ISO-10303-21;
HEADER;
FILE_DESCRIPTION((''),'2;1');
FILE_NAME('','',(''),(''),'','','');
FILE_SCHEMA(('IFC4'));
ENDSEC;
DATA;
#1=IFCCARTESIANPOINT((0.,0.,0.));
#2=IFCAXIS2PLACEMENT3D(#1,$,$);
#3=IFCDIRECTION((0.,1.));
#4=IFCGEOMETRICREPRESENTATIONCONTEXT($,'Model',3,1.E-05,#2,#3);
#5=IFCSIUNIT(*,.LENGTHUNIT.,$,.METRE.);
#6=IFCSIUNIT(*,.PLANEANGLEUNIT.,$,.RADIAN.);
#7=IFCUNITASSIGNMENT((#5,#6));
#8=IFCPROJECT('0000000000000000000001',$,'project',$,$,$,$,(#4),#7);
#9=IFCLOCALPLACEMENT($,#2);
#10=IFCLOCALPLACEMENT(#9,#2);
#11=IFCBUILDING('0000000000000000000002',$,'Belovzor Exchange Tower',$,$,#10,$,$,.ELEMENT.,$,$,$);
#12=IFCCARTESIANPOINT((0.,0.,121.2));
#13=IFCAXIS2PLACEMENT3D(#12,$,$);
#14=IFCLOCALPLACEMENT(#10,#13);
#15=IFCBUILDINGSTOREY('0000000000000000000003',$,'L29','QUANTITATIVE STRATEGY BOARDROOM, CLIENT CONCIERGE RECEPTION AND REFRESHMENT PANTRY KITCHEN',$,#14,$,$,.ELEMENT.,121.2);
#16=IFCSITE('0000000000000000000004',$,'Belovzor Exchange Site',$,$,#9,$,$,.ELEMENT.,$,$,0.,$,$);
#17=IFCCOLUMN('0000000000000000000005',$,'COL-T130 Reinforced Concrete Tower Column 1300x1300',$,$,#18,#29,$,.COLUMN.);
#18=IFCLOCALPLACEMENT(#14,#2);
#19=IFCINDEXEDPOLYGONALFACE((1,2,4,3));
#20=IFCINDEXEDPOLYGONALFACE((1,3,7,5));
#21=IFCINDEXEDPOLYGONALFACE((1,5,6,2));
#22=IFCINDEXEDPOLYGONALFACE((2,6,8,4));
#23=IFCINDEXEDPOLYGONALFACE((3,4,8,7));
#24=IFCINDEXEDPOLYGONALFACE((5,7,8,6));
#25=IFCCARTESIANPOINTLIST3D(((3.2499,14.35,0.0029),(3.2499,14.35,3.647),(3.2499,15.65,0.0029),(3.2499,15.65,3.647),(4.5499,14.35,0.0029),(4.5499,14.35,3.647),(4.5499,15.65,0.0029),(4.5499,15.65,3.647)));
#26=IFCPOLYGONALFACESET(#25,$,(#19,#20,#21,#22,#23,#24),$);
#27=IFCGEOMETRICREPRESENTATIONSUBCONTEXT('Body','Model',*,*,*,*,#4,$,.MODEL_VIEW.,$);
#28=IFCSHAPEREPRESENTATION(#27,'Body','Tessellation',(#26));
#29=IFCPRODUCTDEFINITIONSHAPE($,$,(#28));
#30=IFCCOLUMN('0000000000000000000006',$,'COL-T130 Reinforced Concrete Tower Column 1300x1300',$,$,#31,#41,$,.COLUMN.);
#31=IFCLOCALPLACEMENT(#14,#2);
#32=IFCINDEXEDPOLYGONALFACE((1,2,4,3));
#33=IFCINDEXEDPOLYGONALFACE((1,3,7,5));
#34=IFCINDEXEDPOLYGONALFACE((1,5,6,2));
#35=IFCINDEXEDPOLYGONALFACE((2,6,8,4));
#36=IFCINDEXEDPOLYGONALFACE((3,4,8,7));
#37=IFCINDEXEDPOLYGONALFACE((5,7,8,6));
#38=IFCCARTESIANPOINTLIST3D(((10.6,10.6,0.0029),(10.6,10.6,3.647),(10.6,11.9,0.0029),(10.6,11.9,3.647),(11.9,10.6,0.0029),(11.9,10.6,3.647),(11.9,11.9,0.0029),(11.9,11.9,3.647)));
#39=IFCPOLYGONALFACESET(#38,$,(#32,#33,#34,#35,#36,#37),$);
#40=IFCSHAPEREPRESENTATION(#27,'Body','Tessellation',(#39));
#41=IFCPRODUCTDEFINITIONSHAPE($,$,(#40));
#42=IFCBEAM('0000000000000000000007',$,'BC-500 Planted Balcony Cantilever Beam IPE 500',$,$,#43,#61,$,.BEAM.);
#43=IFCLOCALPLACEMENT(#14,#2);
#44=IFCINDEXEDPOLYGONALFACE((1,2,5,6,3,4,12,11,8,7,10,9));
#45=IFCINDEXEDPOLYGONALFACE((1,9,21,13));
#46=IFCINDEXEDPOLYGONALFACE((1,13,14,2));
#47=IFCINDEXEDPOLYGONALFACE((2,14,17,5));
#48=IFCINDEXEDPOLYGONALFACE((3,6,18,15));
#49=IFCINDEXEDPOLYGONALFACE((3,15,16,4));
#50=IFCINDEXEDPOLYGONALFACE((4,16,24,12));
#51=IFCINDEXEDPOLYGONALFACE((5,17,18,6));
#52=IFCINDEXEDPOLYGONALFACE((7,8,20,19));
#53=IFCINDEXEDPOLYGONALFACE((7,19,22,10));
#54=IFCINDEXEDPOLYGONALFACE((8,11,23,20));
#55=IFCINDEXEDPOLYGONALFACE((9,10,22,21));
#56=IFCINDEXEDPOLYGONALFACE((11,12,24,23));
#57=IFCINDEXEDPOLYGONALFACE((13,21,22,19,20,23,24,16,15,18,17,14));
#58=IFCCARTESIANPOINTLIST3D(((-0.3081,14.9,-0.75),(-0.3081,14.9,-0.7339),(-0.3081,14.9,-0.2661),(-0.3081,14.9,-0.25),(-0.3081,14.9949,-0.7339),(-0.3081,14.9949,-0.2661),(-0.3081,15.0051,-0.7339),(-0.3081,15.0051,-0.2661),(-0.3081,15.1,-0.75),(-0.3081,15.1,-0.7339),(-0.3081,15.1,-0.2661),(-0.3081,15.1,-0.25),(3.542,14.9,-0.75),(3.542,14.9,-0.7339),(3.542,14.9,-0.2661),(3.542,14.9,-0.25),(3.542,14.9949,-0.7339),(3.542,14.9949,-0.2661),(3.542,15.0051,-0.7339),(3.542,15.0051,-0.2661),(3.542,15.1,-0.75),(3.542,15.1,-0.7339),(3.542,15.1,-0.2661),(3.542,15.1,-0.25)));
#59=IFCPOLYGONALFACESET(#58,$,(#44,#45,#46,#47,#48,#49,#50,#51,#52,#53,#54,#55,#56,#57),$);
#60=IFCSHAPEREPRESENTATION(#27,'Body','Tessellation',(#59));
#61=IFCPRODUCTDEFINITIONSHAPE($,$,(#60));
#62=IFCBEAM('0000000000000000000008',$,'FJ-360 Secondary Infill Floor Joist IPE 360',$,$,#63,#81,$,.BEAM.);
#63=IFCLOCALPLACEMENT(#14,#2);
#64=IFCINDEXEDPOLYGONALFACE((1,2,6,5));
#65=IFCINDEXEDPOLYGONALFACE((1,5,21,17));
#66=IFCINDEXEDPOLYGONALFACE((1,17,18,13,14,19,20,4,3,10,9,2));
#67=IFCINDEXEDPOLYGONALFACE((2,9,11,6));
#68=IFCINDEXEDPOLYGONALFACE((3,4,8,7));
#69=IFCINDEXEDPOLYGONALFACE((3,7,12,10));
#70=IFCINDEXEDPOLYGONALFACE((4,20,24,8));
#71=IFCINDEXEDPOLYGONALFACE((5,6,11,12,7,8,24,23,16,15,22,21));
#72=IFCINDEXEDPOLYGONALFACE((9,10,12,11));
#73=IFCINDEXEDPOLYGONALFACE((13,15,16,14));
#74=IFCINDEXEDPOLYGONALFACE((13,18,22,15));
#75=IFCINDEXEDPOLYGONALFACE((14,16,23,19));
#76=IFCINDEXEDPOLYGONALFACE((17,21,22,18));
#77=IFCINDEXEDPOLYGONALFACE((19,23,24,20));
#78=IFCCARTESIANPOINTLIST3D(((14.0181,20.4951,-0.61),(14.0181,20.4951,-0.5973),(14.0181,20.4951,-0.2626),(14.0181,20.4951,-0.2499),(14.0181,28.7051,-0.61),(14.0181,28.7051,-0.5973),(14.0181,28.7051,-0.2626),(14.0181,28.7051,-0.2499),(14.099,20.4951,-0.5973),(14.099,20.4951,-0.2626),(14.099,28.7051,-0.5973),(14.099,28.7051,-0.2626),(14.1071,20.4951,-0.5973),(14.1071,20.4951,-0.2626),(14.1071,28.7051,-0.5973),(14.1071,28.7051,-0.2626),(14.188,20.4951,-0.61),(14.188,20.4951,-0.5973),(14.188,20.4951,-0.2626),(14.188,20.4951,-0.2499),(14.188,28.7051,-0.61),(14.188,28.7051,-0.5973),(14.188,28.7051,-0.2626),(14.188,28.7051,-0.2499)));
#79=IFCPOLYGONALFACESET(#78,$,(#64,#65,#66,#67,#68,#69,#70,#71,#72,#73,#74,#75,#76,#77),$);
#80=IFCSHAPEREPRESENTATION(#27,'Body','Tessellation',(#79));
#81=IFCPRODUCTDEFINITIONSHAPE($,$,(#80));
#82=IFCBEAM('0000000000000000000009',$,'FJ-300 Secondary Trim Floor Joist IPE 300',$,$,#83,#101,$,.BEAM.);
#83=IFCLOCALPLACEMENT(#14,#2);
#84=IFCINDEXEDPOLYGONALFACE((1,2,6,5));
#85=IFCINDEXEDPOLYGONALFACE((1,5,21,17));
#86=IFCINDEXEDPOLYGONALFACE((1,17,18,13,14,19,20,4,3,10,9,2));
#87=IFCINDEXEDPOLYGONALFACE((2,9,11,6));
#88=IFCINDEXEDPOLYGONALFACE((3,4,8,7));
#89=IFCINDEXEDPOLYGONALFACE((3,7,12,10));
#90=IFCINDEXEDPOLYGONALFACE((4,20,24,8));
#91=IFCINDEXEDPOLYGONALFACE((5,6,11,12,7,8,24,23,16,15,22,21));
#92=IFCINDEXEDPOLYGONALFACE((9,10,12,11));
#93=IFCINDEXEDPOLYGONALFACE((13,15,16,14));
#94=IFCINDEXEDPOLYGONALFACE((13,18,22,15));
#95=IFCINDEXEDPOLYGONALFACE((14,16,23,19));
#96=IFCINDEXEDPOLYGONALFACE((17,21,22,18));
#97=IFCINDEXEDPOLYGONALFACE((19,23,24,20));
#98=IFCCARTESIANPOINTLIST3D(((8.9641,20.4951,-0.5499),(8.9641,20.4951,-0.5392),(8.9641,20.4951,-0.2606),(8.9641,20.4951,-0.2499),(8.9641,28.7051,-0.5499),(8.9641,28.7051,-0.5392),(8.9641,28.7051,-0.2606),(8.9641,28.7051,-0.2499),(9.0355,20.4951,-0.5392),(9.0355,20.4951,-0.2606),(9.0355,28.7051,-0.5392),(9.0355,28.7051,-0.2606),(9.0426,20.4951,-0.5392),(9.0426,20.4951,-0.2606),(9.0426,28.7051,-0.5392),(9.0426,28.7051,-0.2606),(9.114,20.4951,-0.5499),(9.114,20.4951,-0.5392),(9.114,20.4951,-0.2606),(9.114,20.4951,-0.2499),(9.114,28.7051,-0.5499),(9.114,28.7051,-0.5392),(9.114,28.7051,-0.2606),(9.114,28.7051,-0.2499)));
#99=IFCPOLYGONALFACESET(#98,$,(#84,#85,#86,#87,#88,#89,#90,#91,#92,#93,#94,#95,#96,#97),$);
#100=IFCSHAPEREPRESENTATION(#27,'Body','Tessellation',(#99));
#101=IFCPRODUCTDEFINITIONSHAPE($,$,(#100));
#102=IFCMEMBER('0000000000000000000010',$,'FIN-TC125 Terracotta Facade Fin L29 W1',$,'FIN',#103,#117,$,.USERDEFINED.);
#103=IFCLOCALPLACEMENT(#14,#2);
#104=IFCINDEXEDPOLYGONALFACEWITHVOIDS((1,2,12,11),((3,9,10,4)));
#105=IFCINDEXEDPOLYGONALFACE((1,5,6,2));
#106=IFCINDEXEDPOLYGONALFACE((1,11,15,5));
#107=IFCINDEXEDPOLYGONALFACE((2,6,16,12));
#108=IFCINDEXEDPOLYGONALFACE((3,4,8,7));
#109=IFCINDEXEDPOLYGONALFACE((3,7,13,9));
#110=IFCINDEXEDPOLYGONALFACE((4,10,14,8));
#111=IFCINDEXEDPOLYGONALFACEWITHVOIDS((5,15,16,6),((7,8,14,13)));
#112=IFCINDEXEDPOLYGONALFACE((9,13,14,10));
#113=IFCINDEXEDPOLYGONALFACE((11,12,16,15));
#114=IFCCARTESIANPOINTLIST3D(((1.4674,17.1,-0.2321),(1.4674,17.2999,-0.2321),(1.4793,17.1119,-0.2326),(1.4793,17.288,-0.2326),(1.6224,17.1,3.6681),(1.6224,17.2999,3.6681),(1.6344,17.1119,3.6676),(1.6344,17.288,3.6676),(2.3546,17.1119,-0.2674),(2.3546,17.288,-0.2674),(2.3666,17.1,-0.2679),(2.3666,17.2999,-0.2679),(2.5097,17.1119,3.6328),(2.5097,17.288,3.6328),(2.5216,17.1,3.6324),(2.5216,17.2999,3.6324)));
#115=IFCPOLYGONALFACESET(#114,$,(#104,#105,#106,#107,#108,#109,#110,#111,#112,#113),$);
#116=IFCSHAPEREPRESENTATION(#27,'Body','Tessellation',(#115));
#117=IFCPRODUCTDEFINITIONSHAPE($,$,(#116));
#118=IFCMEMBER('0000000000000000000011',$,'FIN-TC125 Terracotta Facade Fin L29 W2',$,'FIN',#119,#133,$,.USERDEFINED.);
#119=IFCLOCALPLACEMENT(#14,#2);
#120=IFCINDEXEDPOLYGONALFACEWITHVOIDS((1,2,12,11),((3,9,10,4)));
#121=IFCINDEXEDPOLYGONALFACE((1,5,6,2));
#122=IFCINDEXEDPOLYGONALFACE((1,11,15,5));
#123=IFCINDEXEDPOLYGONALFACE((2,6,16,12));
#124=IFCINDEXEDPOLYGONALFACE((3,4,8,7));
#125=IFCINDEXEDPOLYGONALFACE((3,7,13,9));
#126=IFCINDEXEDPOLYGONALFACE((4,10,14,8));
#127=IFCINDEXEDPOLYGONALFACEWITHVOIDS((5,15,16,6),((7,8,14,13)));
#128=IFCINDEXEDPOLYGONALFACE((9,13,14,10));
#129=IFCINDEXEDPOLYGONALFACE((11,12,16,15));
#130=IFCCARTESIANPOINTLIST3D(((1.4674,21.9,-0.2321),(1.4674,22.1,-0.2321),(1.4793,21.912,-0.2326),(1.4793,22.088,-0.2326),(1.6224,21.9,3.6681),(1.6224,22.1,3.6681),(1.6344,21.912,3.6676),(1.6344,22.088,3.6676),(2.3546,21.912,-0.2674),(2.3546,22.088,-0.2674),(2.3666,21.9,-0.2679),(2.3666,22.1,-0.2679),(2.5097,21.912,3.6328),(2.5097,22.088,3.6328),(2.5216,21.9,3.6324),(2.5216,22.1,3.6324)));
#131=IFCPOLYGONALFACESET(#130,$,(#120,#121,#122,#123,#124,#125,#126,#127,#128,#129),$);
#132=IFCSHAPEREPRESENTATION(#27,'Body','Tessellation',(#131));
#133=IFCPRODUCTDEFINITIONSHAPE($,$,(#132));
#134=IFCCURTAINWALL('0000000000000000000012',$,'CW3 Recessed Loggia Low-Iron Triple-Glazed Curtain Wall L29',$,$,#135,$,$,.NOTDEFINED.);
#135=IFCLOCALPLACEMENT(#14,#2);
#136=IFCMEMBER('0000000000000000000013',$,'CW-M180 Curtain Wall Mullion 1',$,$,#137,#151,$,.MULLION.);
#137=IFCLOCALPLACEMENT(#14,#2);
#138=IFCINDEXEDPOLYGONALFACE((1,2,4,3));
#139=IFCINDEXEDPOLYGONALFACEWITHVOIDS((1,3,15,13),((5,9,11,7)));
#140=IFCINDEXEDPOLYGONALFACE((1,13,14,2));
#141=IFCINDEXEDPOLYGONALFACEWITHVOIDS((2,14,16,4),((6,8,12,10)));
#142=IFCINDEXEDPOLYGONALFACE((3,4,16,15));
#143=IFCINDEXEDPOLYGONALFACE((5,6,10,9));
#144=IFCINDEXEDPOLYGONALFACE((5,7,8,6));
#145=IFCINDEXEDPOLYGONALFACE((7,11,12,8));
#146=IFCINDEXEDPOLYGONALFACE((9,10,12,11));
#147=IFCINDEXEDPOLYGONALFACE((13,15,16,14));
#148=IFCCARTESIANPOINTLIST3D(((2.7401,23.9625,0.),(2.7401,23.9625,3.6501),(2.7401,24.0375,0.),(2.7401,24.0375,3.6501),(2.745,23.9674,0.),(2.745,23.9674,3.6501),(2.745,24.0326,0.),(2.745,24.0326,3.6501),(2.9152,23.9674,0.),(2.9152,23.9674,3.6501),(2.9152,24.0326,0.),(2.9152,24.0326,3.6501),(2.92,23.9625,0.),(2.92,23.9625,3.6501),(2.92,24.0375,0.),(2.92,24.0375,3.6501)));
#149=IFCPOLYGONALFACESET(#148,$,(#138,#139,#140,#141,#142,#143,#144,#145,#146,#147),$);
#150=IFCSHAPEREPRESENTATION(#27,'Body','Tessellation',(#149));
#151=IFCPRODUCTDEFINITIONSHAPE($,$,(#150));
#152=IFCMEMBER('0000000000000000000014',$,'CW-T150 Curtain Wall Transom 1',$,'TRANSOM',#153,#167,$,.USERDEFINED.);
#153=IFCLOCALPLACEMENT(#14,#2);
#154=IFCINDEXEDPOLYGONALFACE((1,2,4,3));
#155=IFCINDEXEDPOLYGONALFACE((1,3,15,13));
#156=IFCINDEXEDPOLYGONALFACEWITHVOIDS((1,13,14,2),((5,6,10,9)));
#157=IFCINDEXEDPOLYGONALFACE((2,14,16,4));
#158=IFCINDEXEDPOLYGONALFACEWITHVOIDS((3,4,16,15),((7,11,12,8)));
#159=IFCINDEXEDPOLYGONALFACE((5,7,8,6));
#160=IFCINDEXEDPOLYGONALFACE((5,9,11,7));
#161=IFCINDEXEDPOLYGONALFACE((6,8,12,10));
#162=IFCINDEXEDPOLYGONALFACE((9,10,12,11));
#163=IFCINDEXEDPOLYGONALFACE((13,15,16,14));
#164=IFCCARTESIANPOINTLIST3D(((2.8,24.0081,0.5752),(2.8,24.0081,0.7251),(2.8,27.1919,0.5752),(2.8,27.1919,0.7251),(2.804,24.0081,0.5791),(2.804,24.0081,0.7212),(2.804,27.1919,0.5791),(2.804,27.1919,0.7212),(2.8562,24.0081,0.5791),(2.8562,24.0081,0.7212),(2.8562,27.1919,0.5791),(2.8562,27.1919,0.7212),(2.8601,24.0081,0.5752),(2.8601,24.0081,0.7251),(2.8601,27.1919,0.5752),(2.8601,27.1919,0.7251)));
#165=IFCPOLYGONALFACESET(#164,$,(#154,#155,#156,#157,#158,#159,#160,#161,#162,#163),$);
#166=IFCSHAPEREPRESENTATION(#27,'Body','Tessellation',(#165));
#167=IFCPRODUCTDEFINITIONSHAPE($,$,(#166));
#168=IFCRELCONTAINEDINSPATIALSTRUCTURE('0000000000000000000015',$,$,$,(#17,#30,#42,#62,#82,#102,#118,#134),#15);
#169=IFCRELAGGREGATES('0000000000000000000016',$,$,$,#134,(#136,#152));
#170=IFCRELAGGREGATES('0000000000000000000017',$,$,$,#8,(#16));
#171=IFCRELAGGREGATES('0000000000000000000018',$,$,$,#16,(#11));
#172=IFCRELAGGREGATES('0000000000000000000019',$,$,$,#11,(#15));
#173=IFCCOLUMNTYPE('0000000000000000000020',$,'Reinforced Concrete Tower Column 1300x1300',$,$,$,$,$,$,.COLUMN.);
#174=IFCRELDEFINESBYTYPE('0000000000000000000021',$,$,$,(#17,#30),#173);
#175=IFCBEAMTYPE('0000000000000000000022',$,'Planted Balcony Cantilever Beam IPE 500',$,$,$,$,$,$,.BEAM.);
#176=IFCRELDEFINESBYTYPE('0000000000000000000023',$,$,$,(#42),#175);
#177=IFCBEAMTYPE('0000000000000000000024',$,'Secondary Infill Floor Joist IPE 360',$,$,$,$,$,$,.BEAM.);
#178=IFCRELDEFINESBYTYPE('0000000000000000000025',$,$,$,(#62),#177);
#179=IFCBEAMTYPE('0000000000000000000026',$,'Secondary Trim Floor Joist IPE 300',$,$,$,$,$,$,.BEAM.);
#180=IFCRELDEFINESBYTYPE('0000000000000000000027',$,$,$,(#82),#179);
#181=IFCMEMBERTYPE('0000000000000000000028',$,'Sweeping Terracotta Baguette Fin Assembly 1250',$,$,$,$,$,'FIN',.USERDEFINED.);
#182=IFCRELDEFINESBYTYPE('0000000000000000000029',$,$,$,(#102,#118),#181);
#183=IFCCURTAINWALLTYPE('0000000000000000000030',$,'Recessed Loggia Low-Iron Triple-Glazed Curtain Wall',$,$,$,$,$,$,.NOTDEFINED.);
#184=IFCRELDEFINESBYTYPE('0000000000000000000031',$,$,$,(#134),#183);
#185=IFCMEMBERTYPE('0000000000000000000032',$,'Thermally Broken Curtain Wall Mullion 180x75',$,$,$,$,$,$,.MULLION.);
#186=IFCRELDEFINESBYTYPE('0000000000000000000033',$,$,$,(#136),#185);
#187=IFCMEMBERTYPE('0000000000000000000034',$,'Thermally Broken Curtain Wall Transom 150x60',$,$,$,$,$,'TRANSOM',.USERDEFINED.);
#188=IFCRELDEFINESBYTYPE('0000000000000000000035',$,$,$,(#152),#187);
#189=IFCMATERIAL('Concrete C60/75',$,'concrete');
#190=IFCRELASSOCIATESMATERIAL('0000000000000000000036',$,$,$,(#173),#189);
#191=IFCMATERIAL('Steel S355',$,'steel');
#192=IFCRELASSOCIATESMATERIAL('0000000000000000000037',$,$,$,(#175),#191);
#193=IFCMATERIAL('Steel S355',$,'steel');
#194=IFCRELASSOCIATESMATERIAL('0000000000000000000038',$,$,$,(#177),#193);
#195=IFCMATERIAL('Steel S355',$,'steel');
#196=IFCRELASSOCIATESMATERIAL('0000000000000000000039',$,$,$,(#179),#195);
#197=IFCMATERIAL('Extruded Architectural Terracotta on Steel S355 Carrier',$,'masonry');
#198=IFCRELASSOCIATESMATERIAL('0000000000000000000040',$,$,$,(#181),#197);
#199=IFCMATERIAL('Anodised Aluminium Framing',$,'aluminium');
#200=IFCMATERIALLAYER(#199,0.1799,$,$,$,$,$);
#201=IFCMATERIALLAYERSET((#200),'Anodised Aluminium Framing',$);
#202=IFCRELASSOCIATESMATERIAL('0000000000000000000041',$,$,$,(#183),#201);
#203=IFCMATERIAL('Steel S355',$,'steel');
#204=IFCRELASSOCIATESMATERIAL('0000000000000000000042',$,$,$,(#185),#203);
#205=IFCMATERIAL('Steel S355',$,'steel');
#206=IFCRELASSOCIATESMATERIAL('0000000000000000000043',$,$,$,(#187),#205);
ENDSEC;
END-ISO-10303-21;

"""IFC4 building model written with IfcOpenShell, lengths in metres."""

from ifc_helpers import new_model, si_unit, direction, frame, origin, origin_2d, place, context, subcontext, project, spatial, rectangle, hollow_rectangle, i_section, extrude, material, layer, layer_set, material_profile, profile_set, type_object, element, aggregate, save


model = new_model("IFC4")

# Units and contexts
model_context = context("Model", 3, precision=1e-05, world=origin(), true_north=direction((0.0, 1.0)))
body_context = subcontext(model_context, "Body", "Model", "MODEL_VIEW")
ifc_project = project(units=[si_unit("LENGTHUNIT", "METRE"), si_unit("PLANEANGLEUNIT", "RADIAN")], contexts=[model_context])

# Site, building, storey
site_placement = place(None, origin())
site = spatial("IfcSite", under=ifc_project, at=site_placement, Name="Belovzor Exchange Site", CompositionType="ELEMENT", RefElevation=0.0)
building_placement = place(site_placement, origin())
building = spatial("IfcBuilding", under=site, at=building_placement, Name="Belovzor Exchange Tower", CompositionType="ELEMENT")
storey_placement = place(building_placement, frame((0.0, 0.0, 121.2)))
storey = spatial("IfcBuildingStorey", under=building, at=storey_placement, Name="L29", Description="QUANTITATIVE STRATEGY BOARDROOM, CLIENT CONCIERGE RECEPTION AND REFRESHMENT PANTRY KITCHEN", CompositionType="ELEMENT", Elevation=121.2)

# Columns
ifc_material_1 = material(Name="Concrete C60/75", Category="concrete")
ifc_material_profile_1 = material_profile(ifc_material_1, rectangle(XDim=1.3, YDim=1.3, at=origin_2d()))
ifc_profile_set_1 = profile_set([ifc_material_profile_1], Name="Concrete C60/75")
column_type = type_object("IfcColumnType", Name="Reinforced Concrete Tower Column 1300x1300", PredefinedType="COLUMN", material=ifc_profile_set_1)
for number, where, z_axis, x_axis, name in (
    (1, (3.8999, 15.0, 0.0029), (0.0, 0.0, 1.0), (1.0, 0.0, 0.0), "COL-T130 Reinforced Concrete Tower Column 1300x1300"),
    (2, (11.25, 11.25, 0.0029), (0.0, 0.0, 1.0), (1.0, 0.0, 0.0), "COL-T130 Reinforced Concrete Tower Column 1300x1300"),
):
    element("IfcColumn", number, at=place(storey_placement, frame(where, z_axis=z_axis, x_axis=x_axis)), inside=storey, type_object=column_type, Name=name, PredefinedType="COLUMN", context=body_context, shape_type="SweptSolid", body=[
        extrude(rectangle(XDim=1.3, YDim=1.3, at=origin_2d()), origin(), (0.0, 0.0, 1.0), 3.644),
    ])

# Beams
ifc_material_2 = material(Name="Steel S355", Category="steel")
ifc_material_profile_2 = material_profile(ifc_material_2, i_section(OverallWidth=0.2, OverallDepth=0.5, WebThickness=0.0103, FlangeThickness=0.0161, at=origin_2d()))
ifc_profile_set_2 = profile_set([ifc_material_profile_2], Name="Steel S355")
beam_type_1 = type_object("IfcBeamType", Name="Planted Balcony Cantilever Beam IPE 500", PredefinedType="BEAM", material=ifc_profile_set_2)
beam_1_placement = place(storey_placement, frame((3.542, 15.0, -0.5), z_axis=(-1.0, 0.0, 0.0), x_axis=(0.0, -1.0, 0.0)))
element("IfcBeam", 3, at=beam_1_placement, inside=storey, type_object=beam_type_1, Name="BC-500 Planted Balcony Cantilever Beam IPE 500", PredefinedType="BEAM", context=body_context, shape_type="SweptSolid", body=[
    extrude(i_section(OverallWidth=0.2, OverallDepth=0.5, WebThickness=0.0103, FlangeThickness=0.0161, at=origin_2d()), origin(), (0.0, 0.0, 1.0), 3.8501),
])
ifc_material_3 = material(Name="Steel S355", Category="steel")
ifc_material_profile_3 = material_profile(ifc_material_3, i_section(OverallWidth=0.1699, OverallDepth=0.3601, WebThickness=0.0081, FlangeThickness=0.0127, at=origin_2d()))
ifc_profile_set_3 = profile_set([ifc_material_profile_3], Name="Steel S355")
beam_type_2 = type_object("IfcBeamType", Name="Secondary Infill Floor Joist IPE 360", PredefinedType="BEAM", material=ifc_profile_set_3)
beam_2_placement = place(storey_placement, frame((14.103, 20.4951, -0.4299), z_axis=(0.0, 1.0, 0.0), x_axis=(-1.0, 0.0, 0.0)))
element("IfcBeam", 4, at=beam_2_placement, inside=storey, type_object=beam_type_2, Name="FJ-360 Secondary Infill Floor Joist IPE 360", PredefinedType="BEAM", context=body_context, shape_type="SweptSolid", body=[
    extrude(i_section(OverallWidth=0.1699, OverallDepth=0.3601, WebThickness=0.0081, FlangeThickness=0.0127, at=origin_2d()), origin(), (0.0, 0.0, 1.0), 8.21),
])
ifc_material_4 = material(Name="Steel S355", Category="steel")
ifc_material_profile_4 = material_profile(ifc_material_4, i_section(OverallWidth=0.1499, OverallDepth=0.3, WebThickness=0.0071, FlangeThickness=0.0107, at=origin_2d()))
ifc_profile_set_4 = profile_set([ifc_material_profile_4], Name="Steel S355")
beam_type_3 = type_object("IfcBeamType", Name="Secondary Trim Floor Joist IPE 300", PredefinedType="BEAM", material=ifc_profile_set_4)
beam_3_placement = place(storey_placement, frame((9.0391, 20.4951, -0.3999), z_axis=(0.0, 1.0, 0.0), x_axis=(-1.0, 0.0, 0.0)))
element("IfcBeam", 5, at=beam_3_placement, inside=storey, type_object=beam_type_3, Name="FJ-300 Secondary Trim Floor Joist IPE 300", PredefinedType="BEAM", context=body_context, shape_type="SweptSolid", body=[
    extrude(i_section(OverallWidth=0.1499, OverallDepth=0.3, WebThickness=0.0071, FlangeThickness=0.0107, at=origin_2d()), origin(), (0.0, 0.0, 1.0), 8.21),
])

# Members
ifc_material_5 = material(Name="Extruded Architectural Terracotta on Steel S355 Carrier", Category="masonry")
ifc_material_profile_5 = material_profile(ifc_material_5, hollow_rectangle(XDim=0.2, YDim=0.8999, WallThickness=0.012, at=origin_2d()))
ifc_profile_set_5 = profile_set([ifc_material_profile_5], Name="Extruded Architectural Terracotta on Steel S355 Carrier")
member_type_1 = type_object("IfcMemberType", Name="Sweeping Terracotta Baguette Fin Assembly 1250", ElementType="FIN", PredefinedType="USERDEFINED", material=ifc_profile_set_5)
for number, where, z_axis, x_axis, name in (
    (6, (1.917, 17.2, -0.25), (0.039718, 0.0, 0.999211), (0.0, 1.0, 0.0), "FIN-TC125 Terracotta Facade Fin L29 W1"),
    (7, (1.917, 22.0, -0.25), (0.039718, 0.0, 0.999211), (0.0, 1.0, 0.0), "FIN-TC125 Terracotta Facade Fin L29 W2"),
):
    element("IfcMember", number, at=place(storey_placement, frame(where, z_axis=z_axis, x_axis=x_axis)), inside=storey, type_object=member_type_1, Name=name, ObjectType="FIN", PredefinedType="USERDEFINED", context=body_context, shape_type="SweptSolid", body=[
        extrude(hollow_rectangle(XDim=0.2, YDim=0.8999, WallThickness=0.012, at=origin_2d()), origin(), (0.0, 0.0, 1.0), 3.9033),
    ])

# Curtain wall, members
ifc_material_6 = material(Name="Anodised Aluminium Framing", Category="aluminium")
ifc_layer_1 = layer(ifc_material_6, 0.1799)
ifc_layer_set_1 = layer_set([ifc_layer_1], Name="Anodised Aluminium Framing")
curtain_wall_type = type_object("IfcCurtainWallType", Name="Recessed Loggia Low-Iron Triple-Glazed Curtain Wall", PredefinedType="NOTDEFINED", material=ifc_layer_set_1)
curtain_wall_placement = place(storey_placement, origin())
curtain_wall = element("IfcCurtainWall", 8, at=curtain_wall_placement, inside=storey, type_object=curtain_wall_type, Name="CW3 Recessed Loggia Low-Iron Triple-Glazed Curtain Wall L29", PredefinedType="NOTDEFINED")
ifc_material_7 = material(Name="Steel S355", Category="steel")
ifc_material_profile_6 = material_profile(ifc_material_7, hollow_rectangle(XDim=0.075, YDim=0.1799, WallThickness=0.0049, at=origin_2d()))
ifc_profile_set_6 = profile_set([ifc_material_profile_6], Name="Steel S355")
member_type_2 = type_object("IfcMemberType", Name="Thermally Broken Curtain Wall Mullion 180x75", PredefinedType="MULLION", material=ifc_profile_set_6)
member_1_placement = place(storey_placement, frame((2.8301, 24.0, 0.0), z_axis=(0.0, 0.0, 1.0), x_axis=(0.0, 1.0, 0.0)))
member_1 = element("IfcMember", 9, at=member_1_placement, type_object=member_type_2, Name="CW-M180 Curtain Wall Mullion 1", PredefinedType="MULLION", context=body_context, shape_type="SweptSolid", body=[
    extrude(hollow_rectangle(XDim=0.075, YDim=0.1799, WallThickness=0.0049, at=origin_2d()), origin(), (0.0, 0.0, 1.0), 3.6501),
])
ifc_material_8 = material(Name="Steel S355", Category="steel")
ifc_material_profile_7 = material_profile(ifc_material_8, hollow_rectangle(XDim=0.0601, YDim=0.1499, WallThickness=0.0039, at=origin_2d()))
ifc_profile_set_7 = profile_set([ifc_material_profile_7], Name="Steel S355")
member_type_3 = type_object("IfcMemberType", Name="Thermally Broken Curtain Wall Transom 150x60", ElementType="TRANSOM", PredefinedType="USERDEFINED", material=ifc_profile_set_7)
member_2_placement = place(storey_placement, frame((2.8301, 24.0081, 0.6501), z_axis=(0.0, 1.0, 0.0), x_axis=(-1.0, 0.0, 0.0)))
member_2 = element("IfcMember", 10, at=member_2_placement, type_object=member_type_3, Name="CW-T150 Curtain Wall Transom 1", ObjectType="TRANSOM", PredefinedType="USERDEFINED", context=body_context, shape_type="SweptSolid", body=[
    extrude(hollow_rectangle(XDim=0.0601, YDim=0.1499, WallThickness=0.0039, at=origin_2d()), origin(), (0.0, 0.0, 1.0), 3.1838),
])

aggregate(curtain_wall, [member_1, member_2])

save(model, "model.ifc")
